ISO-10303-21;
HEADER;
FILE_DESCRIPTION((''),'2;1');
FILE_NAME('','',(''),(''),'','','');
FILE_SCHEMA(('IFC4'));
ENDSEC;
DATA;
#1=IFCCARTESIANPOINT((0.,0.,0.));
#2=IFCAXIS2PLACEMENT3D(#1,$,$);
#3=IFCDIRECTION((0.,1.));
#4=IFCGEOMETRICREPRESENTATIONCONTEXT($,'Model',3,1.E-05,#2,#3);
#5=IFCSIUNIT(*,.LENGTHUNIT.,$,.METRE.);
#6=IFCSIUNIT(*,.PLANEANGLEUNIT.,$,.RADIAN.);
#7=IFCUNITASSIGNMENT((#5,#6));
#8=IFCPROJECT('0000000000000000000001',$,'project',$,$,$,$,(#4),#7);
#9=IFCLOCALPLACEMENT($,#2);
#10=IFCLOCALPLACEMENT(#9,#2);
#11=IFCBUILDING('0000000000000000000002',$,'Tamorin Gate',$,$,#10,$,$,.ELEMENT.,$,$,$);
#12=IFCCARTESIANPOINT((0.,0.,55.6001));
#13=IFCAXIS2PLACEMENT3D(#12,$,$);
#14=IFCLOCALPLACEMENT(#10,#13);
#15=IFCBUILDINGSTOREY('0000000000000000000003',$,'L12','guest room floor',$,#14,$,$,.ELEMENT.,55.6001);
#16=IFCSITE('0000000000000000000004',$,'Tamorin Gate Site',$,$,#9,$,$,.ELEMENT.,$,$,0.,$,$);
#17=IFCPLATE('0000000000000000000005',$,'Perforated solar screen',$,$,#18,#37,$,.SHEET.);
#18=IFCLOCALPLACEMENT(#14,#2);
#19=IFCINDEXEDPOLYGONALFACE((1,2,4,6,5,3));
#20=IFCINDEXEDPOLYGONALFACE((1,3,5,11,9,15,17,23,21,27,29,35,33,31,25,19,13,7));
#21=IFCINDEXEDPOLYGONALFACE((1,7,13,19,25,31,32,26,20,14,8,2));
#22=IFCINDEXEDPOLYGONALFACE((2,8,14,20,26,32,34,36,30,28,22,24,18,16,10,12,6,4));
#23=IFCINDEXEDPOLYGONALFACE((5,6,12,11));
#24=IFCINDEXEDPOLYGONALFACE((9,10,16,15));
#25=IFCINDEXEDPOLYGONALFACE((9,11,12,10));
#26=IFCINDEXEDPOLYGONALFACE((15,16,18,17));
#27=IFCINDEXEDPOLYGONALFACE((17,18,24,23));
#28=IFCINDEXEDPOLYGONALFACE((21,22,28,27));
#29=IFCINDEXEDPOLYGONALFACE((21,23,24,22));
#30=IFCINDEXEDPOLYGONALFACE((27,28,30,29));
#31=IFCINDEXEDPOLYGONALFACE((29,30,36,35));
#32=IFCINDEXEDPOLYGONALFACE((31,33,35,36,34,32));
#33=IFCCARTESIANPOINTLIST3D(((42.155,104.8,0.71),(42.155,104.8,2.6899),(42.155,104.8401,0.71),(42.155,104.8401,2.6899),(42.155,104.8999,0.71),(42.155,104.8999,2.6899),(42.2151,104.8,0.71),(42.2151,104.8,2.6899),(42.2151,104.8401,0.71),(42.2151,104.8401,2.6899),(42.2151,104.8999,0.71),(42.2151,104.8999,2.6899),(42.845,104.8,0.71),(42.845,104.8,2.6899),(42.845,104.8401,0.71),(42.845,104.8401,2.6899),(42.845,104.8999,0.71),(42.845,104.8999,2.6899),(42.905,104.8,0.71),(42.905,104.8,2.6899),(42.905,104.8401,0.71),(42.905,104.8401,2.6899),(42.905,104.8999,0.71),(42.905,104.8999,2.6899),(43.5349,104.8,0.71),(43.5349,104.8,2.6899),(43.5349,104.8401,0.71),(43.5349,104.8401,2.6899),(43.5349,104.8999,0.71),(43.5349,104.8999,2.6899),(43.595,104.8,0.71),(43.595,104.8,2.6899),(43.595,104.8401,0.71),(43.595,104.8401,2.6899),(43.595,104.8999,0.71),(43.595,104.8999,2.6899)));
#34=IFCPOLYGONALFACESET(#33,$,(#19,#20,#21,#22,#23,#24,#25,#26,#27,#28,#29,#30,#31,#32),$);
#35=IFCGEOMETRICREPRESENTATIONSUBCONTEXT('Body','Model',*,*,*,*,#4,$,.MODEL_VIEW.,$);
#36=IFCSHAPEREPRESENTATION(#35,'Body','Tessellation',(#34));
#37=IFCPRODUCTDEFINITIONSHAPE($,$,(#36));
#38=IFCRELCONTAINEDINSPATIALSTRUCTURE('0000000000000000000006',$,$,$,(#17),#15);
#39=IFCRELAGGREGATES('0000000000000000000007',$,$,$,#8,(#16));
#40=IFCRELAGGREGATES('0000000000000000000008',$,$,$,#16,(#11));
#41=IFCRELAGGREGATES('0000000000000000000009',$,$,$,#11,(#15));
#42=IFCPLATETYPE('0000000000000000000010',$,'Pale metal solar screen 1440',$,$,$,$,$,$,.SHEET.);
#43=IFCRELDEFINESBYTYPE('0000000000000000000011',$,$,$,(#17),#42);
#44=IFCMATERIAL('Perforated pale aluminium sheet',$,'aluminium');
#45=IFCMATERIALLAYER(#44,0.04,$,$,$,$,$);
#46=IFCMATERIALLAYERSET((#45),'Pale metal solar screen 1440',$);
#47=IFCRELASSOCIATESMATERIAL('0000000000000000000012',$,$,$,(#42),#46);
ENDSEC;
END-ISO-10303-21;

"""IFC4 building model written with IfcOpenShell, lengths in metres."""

from ifc_helpers import new_model, si_unit, direction, frame, origin, place, context, subcontext, project, spatial, polyline, outline, extrude, material, layer, layer_set, type_object, element, save


model = new_model("IFC4")

# Units and contexts
model_context = context("Model", 3, precision=1e-05, world=origin(), true_north=direction((0.0, 1.0)))
body_context = subcontext(model_context, "Body", "Model", "MODEL_VIEW")
ifc_project = project(units=[si_unit("LENGTHUNIT", "METRE"), si_unit("PLANEANGLEUNIT", "RADIAN")], contexts=[model_context])

# Site, building, storey
site_placement = place(None, origin())
site = spatial("IfcSite", under=ifc_project, at=site_placement, Name="Tamorin Gate Site", CompositionType="ELEMENT", RefElevation=0.0)
building_placement = place(site_placement, origin())
building = spatial("IfcBuilding", under=site, at=building_placement, Name="Tamorin Gate", CompositionType="ELEMENT")
storey_placement = place(building_placement, frame((0.0, 0.0, 55.6001)))
storey = spatial("IfcBuildingStorey", under=building, at=storey_placement, Name="L12", Description="guest room floor", CompositionType="ELEMENT", Elevation=55.6001)

# Plate
ifc_material = material(Name="Perforated pale aluminium sheet", Category="aluminium")
ifc_layer = layer(ifc_material, 0.04)
ifc_layer_set = layer_set([ifc_layer], Name="Pale metal solar screen 1440")
plate_type = type_object("IfcPlateType", Name="Pale metal solar screen 1440", PredefinedType="SHEET", material=ifc_layer_set)
plate_1_placement = place(storey_placement, frame((0.0, 0.0, 0.71)))
element("IfcPlate", 1, at=plate_1_placement, inside=storey, type_object=plate_type, Name="Perforated solar screen", PredefinedType="SHEET", context=body_context, shape_type="SweptSolid", body=[
    extrude(outline(polyline([(43.595, 104.8401), (43.595, 104.8), (43.5349, 104.8), (42.905, 104.8), (42.845, 104.8), (42.2151, 104.8), (42.155, 104.8), (42.155, 104.8401), (42.155, 104.8999), (42.2151, 104.8999), (42.2151, 104.8401), (42.845, 104.8401), (42.845, 104.8999), (42.905, 104.8999), (42.905, 104.8401), (43.5349, 104.8401), (43.5349, 104.8999), (43.595, 104.8999), (43.595, 104.8401)])), origin(), (0.0, 0.0, 1.0), 1.98),
])

save(model, "model.ifc")
